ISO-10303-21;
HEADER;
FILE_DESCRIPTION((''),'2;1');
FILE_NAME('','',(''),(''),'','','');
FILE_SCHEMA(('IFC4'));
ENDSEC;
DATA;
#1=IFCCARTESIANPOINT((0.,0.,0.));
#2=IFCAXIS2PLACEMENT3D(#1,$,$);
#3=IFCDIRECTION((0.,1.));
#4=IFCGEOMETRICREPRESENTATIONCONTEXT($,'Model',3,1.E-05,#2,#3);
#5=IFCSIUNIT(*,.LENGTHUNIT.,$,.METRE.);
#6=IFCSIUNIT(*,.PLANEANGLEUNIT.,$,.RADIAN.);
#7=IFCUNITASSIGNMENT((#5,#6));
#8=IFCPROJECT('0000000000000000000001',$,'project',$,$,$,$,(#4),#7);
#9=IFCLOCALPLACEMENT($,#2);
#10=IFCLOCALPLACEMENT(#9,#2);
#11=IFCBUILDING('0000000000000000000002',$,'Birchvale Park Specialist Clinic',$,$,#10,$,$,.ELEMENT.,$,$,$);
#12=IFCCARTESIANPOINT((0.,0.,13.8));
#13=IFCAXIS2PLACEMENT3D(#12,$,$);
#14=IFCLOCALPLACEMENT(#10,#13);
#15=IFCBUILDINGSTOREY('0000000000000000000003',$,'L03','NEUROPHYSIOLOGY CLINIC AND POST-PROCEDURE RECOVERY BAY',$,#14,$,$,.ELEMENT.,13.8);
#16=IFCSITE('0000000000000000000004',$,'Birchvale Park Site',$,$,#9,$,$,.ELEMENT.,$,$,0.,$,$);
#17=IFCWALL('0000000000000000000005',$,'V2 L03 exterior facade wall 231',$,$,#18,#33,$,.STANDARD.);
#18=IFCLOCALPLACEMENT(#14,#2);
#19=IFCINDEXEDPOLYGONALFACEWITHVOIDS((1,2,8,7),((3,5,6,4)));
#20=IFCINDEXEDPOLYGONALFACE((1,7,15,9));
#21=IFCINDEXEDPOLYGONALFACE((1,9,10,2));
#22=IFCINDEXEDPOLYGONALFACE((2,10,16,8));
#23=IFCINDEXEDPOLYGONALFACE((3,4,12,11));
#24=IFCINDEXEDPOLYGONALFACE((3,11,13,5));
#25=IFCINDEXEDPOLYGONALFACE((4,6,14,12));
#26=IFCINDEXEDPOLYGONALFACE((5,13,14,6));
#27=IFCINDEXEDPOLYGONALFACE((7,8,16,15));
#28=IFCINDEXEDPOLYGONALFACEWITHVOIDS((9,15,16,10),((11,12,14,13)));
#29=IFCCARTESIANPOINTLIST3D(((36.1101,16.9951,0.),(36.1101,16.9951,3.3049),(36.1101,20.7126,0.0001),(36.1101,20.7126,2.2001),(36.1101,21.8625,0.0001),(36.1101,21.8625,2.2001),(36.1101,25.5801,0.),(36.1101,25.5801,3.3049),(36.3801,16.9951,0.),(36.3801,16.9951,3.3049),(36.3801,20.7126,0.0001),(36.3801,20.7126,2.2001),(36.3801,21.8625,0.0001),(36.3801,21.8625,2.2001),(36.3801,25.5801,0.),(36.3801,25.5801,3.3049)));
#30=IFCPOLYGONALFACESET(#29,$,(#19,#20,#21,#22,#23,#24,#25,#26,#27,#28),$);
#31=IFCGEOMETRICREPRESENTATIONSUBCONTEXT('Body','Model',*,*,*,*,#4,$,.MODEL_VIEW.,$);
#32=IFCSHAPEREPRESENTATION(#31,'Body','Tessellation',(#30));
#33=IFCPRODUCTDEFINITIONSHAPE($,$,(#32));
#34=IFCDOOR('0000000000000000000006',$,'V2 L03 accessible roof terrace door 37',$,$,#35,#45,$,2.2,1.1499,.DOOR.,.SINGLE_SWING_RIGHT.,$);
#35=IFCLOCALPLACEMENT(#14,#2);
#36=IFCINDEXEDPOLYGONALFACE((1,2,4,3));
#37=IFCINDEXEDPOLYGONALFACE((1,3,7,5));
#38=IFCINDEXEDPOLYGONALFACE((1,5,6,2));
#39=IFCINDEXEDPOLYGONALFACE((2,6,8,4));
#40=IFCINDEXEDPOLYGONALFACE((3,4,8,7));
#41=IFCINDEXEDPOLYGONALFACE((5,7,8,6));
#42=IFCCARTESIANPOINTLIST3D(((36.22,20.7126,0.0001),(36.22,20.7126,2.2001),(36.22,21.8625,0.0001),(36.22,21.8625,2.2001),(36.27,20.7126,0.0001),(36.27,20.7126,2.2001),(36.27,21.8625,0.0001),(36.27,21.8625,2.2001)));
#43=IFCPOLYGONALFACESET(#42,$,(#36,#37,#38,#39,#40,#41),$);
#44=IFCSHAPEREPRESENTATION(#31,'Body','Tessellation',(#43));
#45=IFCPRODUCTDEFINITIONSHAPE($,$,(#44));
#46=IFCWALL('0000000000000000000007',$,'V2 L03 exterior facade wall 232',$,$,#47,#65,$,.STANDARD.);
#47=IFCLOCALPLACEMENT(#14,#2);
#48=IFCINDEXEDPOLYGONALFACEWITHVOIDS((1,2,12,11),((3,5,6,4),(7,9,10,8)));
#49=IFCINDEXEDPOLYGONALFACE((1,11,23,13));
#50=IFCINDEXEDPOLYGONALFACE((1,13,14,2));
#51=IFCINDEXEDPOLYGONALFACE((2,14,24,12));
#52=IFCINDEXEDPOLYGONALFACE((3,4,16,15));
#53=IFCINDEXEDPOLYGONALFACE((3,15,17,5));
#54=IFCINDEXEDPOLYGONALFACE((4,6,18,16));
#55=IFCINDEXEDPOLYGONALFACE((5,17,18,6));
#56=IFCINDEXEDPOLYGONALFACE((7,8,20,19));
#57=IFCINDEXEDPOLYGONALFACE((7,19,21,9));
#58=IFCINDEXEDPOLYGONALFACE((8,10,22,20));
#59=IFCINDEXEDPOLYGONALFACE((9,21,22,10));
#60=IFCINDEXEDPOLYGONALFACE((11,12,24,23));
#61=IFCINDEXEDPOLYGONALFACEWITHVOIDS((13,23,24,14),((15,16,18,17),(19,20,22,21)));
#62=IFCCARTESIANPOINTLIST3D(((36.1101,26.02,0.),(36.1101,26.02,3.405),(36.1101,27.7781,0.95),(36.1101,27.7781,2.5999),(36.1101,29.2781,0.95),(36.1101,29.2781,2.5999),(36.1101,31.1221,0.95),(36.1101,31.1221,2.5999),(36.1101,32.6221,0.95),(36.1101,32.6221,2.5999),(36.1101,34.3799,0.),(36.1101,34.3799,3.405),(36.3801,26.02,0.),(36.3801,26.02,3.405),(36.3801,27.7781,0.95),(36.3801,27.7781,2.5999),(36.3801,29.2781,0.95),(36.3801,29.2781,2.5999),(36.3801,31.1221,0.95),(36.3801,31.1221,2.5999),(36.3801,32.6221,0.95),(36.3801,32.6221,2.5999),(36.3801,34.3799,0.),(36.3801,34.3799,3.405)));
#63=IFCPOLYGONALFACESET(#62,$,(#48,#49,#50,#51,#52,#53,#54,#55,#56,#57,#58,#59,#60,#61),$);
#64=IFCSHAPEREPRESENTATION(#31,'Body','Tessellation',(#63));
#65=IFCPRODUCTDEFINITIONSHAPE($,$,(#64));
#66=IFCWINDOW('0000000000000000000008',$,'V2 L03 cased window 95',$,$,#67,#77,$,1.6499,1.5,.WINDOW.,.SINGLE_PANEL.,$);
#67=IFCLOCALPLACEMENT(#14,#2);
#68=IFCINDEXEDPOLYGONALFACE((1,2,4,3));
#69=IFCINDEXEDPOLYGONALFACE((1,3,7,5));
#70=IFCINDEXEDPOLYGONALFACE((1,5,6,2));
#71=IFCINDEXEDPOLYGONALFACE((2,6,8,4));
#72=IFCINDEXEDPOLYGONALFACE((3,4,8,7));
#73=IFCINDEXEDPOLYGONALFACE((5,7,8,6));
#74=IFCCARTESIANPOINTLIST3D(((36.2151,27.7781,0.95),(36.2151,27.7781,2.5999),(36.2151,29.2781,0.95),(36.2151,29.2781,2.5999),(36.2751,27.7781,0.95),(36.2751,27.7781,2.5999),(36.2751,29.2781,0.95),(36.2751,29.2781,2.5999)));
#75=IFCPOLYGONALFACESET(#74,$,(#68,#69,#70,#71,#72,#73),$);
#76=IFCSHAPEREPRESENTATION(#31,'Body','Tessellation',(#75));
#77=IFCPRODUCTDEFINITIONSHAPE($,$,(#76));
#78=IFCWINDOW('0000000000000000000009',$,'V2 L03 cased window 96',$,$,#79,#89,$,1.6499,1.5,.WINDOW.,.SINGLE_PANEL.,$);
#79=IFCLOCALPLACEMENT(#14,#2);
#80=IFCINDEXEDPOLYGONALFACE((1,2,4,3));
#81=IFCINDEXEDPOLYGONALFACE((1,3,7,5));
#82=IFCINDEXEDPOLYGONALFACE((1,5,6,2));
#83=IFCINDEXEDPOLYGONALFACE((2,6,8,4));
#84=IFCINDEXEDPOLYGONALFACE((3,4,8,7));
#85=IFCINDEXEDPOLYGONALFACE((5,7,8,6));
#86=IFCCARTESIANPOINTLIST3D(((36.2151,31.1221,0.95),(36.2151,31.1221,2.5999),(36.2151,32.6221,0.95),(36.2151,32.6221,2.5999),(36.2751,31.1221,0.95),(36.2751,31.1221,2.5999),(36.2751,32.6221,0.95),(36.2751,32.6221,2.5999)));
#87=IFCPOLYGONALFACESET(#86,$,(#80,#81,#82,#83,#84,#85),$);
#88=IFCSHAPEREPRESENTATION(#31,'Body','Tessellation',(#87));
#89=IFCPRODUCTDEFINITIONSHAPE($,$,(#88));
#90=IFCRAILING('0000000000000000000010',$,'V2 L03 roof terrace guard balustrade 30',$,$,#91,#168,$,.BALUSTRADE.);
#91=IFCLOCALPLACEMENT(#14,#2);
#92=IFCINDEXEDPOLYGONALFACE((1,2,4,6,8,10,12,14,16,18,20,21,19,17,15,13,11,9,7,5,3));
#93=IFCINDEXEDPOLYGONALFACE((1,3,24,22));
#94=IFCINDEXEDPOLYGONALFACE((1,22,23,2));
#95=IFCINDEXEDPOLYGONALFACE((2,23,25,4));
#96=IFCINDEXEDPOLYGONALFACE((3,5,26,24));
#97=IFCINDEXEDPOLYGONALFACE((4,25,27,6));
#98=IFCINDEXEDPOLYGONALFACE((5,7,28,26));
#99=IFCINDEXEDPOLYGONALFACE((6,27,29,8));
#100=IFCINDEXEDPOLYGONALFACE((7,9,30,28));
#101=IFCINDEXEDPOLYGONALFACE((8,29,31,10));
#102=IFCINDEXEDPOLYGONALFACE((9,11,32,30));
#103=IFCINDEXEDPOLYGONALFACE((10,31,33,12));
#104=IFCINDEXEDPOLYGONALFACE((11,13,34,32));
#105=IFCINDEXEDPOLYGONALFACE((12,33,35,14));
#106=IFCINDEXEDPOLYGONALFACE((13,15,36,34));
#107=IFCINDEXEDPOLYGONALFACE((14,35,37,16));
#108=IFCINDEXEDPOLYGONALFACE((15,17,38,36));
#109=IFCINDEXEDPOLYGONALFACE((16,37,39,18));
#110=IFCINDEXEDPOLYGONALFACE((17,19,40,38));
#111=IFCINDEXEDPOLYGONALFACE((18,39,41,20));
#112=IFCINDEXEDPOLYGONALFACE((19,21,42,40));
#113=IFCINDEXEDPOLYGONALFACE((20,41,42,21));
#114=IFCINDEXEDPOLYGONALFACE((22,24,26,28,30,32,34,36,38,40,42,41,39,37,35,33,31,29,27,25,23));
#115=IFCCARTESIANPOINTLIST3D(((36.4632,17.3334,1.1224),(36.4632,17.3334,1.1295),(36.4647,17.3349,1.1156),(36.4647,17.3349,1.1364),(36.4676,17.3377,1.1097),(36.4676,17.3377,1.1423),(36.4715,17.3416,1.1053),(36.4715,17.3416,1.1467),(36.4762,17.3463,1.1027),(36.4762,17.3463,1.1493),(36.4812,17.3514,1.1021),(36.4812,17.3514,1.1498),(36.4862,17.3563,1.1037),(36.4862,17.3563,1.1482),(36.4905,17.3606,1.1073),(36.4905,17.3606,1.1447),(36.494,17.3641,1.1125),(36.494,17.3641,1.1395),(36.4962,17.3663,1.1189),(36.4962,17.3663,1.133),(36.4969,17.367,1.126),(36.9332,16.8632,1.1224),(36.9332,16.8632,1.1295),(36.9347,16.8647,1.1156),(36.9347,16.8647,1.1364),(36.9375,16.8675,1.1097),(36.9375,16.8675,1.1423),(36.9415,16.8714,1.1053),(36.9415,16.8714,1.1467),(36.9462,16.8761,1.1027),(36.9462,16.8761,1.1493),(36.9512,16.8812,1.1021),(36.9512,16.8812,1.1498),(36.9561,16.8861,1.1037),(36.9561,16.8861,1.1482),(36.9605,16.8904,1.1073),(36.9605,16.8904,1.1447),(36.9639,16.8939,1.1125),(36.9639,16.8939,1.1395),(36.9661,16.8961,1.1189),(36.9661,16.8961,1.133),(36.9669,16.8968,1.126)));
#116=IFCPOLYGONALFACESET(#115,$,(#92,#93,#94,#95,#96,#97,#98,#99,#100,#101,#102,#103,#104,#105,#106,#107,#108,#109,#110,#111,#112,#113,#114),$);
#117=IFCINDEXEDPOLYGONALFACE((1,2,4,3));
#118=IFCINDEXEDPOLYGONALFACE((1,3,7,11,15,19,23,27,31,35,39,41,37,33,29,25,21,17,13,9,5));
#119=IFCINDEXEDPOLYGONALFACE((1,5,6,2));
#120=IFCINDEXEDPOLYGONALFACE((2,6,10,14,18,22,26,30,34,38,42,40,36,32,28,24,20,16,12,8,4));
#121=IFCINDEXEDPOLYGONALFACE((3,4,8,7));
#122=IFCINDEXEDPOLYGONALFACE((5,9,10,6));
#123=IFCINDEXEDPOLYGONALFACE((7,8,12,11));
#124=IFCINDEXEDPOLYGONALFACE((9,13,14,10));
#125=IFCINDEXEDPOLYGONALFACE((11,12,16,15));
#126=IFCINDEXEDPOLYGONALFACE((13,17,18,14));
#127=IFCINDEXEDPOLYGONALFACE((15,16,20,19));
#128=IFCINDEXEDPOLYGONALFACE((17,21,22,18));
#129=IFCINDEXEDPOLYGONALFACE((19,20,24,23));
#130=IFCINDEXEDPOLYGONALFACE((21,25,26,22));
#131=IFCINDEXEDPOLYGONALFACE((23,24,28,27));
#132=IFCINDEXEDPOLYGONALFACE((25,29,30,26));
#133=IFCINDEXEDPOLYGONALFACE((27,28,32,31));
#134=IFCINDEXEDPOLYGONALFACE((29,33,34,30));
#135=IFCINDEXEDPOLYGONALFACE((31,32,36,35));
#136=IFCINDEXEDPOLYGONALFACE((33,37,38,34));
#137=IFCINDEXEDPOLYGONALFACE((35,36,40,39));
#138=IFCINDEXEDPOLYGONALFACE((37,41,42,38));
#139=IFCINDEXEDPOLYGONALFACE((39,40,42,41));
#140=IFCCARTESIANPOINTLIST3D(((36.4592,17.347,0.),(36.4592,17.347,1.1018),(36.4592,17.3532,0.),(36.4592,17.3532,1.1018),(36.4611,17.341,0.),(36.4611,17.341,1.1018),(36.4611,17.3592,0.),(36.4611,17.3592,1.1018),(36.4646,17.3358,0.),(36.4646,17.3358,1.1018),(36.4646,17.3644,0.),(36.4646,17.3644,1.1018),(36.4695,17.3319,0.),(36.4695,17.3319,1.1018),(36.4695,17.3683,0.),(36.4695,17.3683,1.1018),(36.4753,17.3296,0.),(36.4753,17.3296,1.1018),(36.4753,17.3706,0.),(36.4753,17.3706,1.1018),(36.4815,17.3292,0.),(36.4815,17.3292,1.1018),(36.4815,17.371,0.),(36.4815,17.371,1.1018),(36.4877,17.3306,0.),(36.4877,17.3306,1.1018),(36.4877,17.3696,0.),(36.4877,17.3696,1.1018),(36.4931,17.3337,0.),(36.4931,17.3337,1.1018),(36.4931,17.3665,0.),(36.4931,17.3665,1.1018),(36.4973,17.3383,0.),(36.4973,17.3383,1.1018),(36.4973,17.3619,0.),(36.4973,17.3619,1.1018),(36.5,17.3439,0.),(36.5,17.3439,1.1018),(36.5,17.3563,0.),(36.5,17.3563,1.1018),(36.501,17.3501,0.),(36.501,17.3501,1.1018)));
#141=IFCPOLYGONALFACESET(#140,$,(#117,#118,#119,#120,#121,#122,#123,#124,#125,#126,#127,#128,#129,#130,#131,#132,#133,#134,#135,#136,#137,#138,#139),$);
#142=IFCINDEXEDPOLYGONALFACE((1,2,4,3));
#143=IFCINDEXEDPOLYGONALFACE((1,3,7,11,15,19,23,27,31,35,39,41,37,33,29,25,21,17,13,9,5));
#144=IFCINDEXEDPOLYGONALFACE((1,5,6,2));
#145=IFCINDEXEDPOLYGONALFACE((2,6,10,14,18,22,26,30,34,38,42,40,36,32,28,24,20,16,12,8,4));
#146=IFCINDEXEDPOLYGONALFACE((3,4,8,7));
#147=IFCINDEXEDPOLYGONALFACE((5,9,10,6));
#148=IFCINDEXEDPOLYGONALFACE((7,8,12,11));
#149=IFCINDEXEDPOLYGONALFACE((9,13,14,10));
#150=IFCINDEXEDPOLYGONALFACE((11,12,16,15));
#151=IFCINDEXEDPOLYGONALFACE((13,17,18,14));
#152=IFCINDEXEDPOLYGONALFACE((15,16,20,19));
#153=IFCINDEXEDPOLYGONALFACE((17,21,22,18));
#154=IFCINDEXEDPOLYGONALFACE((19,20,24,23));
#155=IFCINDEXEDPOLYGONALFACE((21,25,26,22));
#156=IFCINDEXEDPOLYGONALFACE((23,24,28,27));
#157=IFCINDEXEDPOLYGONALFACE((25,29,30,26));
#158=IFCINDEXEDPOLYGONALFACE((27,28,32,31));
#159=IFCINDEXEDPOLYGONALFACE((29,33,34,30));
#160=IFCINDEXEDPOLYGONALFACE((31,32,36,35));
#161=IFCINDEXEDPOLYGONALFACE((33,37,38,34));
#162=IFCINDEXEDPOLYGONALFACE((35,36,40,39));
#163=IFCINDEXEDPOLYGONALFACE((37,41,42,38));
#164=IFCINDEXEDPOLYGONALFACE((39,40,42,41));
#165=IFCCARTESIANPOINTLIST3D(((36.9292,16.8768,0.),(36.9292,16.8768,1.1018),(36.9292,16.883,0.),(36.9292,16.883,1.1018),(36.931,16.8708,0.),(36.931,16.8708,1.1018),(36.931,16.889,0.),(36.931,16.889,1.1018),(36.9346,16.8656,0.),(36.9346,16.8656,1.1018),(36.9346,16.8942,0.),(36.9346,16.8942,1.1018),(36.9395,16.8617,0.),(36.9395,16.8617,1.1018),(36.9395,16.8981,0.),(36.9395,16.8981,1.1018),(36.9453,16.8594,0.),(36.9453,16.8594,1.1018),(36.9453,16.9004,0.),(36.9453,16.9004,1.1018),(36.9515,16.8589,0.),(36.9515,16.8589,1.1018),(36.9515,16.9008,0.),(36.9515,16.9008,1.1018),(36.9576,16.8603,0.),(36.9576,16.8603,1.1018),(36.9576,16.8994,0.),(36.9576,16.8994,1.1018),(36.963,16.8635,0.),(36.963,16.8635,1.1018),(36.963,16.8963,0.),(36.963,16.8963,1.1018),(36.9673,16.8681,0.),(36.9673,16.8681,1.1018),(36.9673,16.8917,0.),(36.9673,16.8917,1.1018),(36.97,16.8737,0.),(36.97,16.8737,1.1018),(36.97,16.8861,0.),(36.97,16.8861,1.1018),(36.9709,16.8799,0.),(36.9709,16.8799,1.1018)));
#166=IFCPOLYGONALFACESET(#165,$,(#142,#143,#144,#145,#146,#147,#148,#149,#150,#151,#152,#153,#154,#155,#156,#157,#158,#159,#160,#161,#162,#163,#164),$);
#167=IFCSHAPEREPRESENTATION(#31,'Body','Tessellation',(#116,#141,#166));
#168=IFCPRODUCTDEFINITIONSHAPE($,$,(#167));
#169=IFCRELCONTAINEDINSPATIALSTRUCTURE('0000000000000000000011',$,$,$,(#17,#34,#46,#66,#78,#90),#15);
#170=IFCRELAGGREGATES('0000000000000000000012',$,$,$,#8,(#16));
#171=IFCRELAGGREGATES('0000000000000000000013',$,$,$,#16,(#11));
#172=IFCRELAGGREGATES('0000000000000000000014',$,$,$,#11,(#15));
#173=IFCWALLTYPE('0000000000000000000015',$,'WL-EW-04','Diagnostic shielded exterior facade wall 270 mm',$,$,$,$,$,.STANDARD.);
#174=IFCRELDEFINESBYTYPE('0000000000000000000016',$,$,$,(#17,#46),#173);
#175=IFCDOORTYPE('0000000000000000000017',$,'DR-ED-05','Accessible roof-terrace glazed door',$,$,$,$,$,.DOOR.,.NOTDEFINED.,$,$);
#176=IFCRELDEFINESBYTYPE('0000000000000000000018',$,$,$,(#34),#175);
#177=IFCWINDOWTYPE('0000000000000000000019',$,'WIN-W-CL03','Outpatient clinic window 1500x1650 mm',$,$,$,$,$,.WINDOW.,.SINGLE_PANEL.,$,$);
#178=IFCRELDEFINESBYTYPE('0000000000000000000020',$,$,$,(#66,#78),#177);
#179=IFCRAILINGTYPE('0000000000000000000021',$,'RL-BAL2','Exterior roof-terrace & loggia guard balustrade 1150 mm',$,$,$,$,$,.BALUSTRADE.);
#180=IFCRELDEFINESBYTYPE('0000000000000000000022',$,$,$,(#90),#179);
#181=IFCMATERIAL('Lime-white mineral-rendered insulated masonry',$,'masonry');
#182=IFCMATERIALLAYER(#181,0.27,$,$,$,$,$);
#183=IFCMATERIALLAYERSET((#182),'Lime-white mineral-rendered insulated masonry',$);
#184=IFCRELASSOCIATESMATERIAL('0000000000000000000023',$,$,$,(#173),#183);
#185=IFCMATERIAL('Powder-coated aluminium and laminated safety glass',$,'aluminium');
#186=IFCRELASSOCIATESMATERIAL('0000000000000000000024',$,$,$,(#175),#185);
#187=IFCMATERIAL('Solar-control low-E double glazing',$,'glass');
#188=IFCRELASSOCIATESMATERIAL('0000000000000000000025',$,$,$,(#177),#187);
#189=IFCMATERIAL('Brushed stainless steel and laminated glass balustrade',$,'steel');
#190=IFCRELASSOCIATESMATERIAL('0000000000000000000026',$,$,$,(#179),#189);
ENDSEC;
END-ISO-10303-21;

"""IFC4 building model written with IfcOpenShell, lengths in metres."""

from ifc_helpers import new_model, si_unit, direction, frame, frame_2d, origin, origin_2d, place, context, subcontext, project, spatial, rectangle, circle, extrude, material, layer, layer_set, type_object, element, fill, save


model = new_model("IFC4")

# Units and contexts
model_context = context("Model", 3, precision=1e-05, world=origin(), true_north=direction((0.0, 1.0)))
body_context = subcontext(model_context, "Body", "Model", "MODEL_VIEW")
ifc_project = project(units=[si_unit("LENGTHUNIT", "METRE"), si_unit("PLANEANGLEUNIT", "RADIAN")], contexts=[model_context])

# Site, building, storey
site_placement = place(None, origin())
site = spatial("IfcSite", under=ifc_project, at=site_placement, Name="Birchvale Park Site", CompositionType="ELEMENT", RefElevation=0.0)
building_placement = place(site_placement, origin())
building = spatial("IfcBuilding", under=site, at=building_placement, Name="Birchvale Park Specialist Clinic", CompositionType="ELEMENT")
storey_placement = place(building_placement, frame((0.0, 0.0, 13.8)))
storey = spatial("IfcBuildingStorey", under=building, at=storey_placement, Name="L03", Description="NEUROPHYSIOLOGY CLINIC AND POST-PROCEDURE RECOVERY BAY", CompositionType="ELEMENT", Elevation=13.8)

# Shared definitions
ifc_material_1 = material(Name="Lime-white mineral-rendered insulated masonry", Category="masonry")
ifc_layer = layer(ifc_material_1, 0.27)
ifc_layer_set = layer_set([ifc_layer], Name="Lime-white mineral-rendered insulated masonry")
wall_type = type_object("IfcWallType", Name="WL-EW-04", Description="Diagnostic shielded exterior facade wall 270 mm", PredefinedType="STANDARD", material=ifc_layer_set)
ifc_material_2 = material(Name="Solar-control low-E double glazing", Category="glass")

# Wall, opening, door
wall_1_placement = place(storey_placement, frame((36.2451, 16.9951, 0.0), z_axis=(0.0, 0.0, 1.0), x_axis=(0.0, 1.0, 0.0)))
wall_1 = element("IfcWall", 1, at=wall_1_placement, inside=storey, type_object=wall_type, Name="V2 L03 exterior facade wall 231", PredefinedType="STANDARD", context=body_context, shape_type="SweptSolid", body=[
    extrude(rectangle(XDim=8.585, YDim=0.27, at=frame_2d((4.2925, 0.0))), origin(), (0.0, 0.0, 1.0), 3.3049),
])
opening_1_placement = place(wall_1_placement, frame((3.7175, 0.0, 0.0)))
opening_1 = element("IfcOpeningElement", 2, at=opening_1_placement, cuts=wall_1, PredefinedType="OPENING", context=body_context, shape_type="SweptSolid", body=[
    extrude(rectangle(XDim=1.1499, YDim=2.2, at=frame_2d((0.575, 1.1001))), frame((0.0, 0.145, 0.0), z_axis=(0.0, -1.0, 0.0), x_axis=(1.0, 0.0, 0.0)), (0.0, 0.0, 1.0), 0.29),
])
ifc_material_3 = material(Name="Powder-coated aluminium and laminated safety glass", Category="aluminium")
door_type = type_object("IfcDoorType", Name="DR-ED-05", Description="Accessible roof-terrace glazed door", OperationType="NOTDEFINED", PredefinedType="DOOR", material=ifc_material_3)
door_placement = place(opening_1_placement, frame((1.1499, 0.0, 0.0), z_axis=(0.0, 0.0, 1.0), x_axis=(-1.0, 0.0, 0.0)))
door = element("IfcDoor", 3, at=door_placement, inside=storey, type_object=door_type, Name="V2 L03 accessible roof terrace door 37", OperationType="SINGLE_SWING_RIGHT", OverallHeight=2.2, OverallWidth=1.1499, PredefinedType="DOOR", context=body_context, shape_type="SweptSolid", body=[
    extrude(rectangle(XDim=1.1499, YDim=2.2, at=frame_2d((0.575, 1.1001))), frame((0.0, 0.0249, 0.0), z_axis=(0.0, -1.0, 0.0), x_axis=(1.0, 0.0, 0.0)), (0.0, 0.0, 1.0), 0.05),
])
fill(opening_1, door)

# Wall, openings, windows
wall_2_placement = place(storey_placement, frame((36.2451, 26.02, 0.0), z_axis=(0.0, 0.0, 1.0), x_axis=(0.0, 1.0, 0.0)))
wall_2 = element("IfcWall", 4, at=wall_2_placement, inside=storey, type_object=wall_type, Name="V2 L03 exterior facade wall 232", PredefinedType="STANDARD", context=body_context, shape_type="SweptSolid", body=[
    extrude(rectangle(XDim=8.3599, YDim=0.27, at=frame_2d((4.1799, 0.0))), origin(), (0.0, 0.0, 1.0), 3.405),
])
opening_2_placement = place(wall_2_placement, frame((1.7581, 0.0, 0.95)))
opening_2 = element("IfcOpeningElement", 5, at=opening_2_placement, cuts=wall_2, PredefinedType="OPENING", context=body_context, shape_type="SweptSolid", body=[
    extrude(rectangle(XDim=1.5, YDim=1.6499, at=frame_2d((0.75, 0.825))), frame((0.0, 0.145, 0.0), z_axis=(0.0, -1.0, 0.0), x_axis=(1.0, 0.0, 0.0)), (0.0, 0.0, 1.0), 0.29),
])
opening_3_placement = place(wall_2_placement, frame((5.1021, 0.0, 0.95)))
opening_3 = element("IfcOpeningElement", 6, at=opening_3_placement, cuts=wall_2, PredefinedType="OPENING", context=body_context, shape_type="SweptSolid", body=[
    extrude(rectangle(XDim=1.5, YDim=1.6499, at=frame_2d((0.75, 0.825))), frame((0.0, 0.145, 0.0), z_axis=(0.0, -1.0, 0.0), x_axis=(1.0, 0.0, 0.0)), (0.0, 0.0, 1.0), 0.29),
])
window_type_1 = type_object("IfcWindowType", Name="WIN-W-CL03", Description="Outpatient clinic window 1500x1650 mm", PartitioningType="SINGLE_PANEL", PredefinedType="WINDOW", material=ifc_material_2)
window_1_placement = place(opening_2_placement, origin())
window_1 = element("IfcWindow", 7, at=window_1_placement, inside=storey, type_object=window_type_1, Name="V2 L03 cased window 95", OverallHeight=1.6499, OverallWidth=1.5, PartitioningType="SINGLE_PANEL", PredefinedType="WINDOW", context=body_context, shape_type="SweptSolid", body=[
    extrude(rectangle(XDim=1.5, YDim=1.6499, at=frame_2d((0.75, 0.825))), frame((0.0, 0.03, 0.0), z_axis=(0.0, -1.0, 0.0), x_axis=(1.0, 0.0, 0.0)), (0.0, 0.0, 1.0), 0.0601),
])
fill(opening_2, window_1)
window_2_placement = place(opening_3_placement, origin())
window_2 = element("IfcWindow", 8, at=window_2_placement, inside=storey, type_object=window_type_1, Name="V2 L03 cased window 96", OverallHeight=1.6499, OverallWidth=1.5, PartitioningType="SINGLE_PANEL", PredefinedType="WINDOW", context=body_context, shape_type="SweptSolid", body=[
    extrude(rectangle(XDim=1.5, YDim=1.6499, at=frame_2d((0.75, 0.825))), frame((0.0, 0.03, 0.0), z_axis=(0.0, -1.0, 0.0), x_axis=(1.0, 0.0, 0.0)), (0.0, 0.0, 1.0), 0.0601),
])
fill(opening_3, window_2)

# Railing
ifc_material_4 = material(Name="Brushed stainless steel and laminated glass balustrade", Category="steel")
railing_type = type_object("IfcRailingType", Name="RL-BAL2", Description="Exterior roof-terrace & loggia guard balustrade 1150 mm", PredefinedType="BALUSTRADE", material=ifc_material_4)
railing_1_placement = place(storey_placement, frame((36.48, 17.3501, 0.0)))
element("IfcRailing", 9, at=railing_1_placement, inside=storey, type_object=railing_type, Name="V2 L03 roof terrace guard balustrade 30", PredefinedType="BALUSTRADE", context=body_context, shape_type="SweptSolid", body=[
    extrude(circle(Radius=0.0239, at=origin_2d()), frame((0.0, 0.0, 1.126), z_axis=(0.706923, -0.70729, 0.0), x_axis=(0.70729, 0.706923, 0.0)), (0.0, 0.0, 1.0), 0.6648),
    extrude(circle(Radius=0.021, at=origin_2d()), origin(), (0.0, 0.0, 1.0), 1.1018),
    extrude(circle(Radius=0.021, at=origin_2d()), frame((0.47, -0.4702, 0.0)), (0.0, 0.0, 1.0), 1.1018),
])

save(model, "model.ifc")
